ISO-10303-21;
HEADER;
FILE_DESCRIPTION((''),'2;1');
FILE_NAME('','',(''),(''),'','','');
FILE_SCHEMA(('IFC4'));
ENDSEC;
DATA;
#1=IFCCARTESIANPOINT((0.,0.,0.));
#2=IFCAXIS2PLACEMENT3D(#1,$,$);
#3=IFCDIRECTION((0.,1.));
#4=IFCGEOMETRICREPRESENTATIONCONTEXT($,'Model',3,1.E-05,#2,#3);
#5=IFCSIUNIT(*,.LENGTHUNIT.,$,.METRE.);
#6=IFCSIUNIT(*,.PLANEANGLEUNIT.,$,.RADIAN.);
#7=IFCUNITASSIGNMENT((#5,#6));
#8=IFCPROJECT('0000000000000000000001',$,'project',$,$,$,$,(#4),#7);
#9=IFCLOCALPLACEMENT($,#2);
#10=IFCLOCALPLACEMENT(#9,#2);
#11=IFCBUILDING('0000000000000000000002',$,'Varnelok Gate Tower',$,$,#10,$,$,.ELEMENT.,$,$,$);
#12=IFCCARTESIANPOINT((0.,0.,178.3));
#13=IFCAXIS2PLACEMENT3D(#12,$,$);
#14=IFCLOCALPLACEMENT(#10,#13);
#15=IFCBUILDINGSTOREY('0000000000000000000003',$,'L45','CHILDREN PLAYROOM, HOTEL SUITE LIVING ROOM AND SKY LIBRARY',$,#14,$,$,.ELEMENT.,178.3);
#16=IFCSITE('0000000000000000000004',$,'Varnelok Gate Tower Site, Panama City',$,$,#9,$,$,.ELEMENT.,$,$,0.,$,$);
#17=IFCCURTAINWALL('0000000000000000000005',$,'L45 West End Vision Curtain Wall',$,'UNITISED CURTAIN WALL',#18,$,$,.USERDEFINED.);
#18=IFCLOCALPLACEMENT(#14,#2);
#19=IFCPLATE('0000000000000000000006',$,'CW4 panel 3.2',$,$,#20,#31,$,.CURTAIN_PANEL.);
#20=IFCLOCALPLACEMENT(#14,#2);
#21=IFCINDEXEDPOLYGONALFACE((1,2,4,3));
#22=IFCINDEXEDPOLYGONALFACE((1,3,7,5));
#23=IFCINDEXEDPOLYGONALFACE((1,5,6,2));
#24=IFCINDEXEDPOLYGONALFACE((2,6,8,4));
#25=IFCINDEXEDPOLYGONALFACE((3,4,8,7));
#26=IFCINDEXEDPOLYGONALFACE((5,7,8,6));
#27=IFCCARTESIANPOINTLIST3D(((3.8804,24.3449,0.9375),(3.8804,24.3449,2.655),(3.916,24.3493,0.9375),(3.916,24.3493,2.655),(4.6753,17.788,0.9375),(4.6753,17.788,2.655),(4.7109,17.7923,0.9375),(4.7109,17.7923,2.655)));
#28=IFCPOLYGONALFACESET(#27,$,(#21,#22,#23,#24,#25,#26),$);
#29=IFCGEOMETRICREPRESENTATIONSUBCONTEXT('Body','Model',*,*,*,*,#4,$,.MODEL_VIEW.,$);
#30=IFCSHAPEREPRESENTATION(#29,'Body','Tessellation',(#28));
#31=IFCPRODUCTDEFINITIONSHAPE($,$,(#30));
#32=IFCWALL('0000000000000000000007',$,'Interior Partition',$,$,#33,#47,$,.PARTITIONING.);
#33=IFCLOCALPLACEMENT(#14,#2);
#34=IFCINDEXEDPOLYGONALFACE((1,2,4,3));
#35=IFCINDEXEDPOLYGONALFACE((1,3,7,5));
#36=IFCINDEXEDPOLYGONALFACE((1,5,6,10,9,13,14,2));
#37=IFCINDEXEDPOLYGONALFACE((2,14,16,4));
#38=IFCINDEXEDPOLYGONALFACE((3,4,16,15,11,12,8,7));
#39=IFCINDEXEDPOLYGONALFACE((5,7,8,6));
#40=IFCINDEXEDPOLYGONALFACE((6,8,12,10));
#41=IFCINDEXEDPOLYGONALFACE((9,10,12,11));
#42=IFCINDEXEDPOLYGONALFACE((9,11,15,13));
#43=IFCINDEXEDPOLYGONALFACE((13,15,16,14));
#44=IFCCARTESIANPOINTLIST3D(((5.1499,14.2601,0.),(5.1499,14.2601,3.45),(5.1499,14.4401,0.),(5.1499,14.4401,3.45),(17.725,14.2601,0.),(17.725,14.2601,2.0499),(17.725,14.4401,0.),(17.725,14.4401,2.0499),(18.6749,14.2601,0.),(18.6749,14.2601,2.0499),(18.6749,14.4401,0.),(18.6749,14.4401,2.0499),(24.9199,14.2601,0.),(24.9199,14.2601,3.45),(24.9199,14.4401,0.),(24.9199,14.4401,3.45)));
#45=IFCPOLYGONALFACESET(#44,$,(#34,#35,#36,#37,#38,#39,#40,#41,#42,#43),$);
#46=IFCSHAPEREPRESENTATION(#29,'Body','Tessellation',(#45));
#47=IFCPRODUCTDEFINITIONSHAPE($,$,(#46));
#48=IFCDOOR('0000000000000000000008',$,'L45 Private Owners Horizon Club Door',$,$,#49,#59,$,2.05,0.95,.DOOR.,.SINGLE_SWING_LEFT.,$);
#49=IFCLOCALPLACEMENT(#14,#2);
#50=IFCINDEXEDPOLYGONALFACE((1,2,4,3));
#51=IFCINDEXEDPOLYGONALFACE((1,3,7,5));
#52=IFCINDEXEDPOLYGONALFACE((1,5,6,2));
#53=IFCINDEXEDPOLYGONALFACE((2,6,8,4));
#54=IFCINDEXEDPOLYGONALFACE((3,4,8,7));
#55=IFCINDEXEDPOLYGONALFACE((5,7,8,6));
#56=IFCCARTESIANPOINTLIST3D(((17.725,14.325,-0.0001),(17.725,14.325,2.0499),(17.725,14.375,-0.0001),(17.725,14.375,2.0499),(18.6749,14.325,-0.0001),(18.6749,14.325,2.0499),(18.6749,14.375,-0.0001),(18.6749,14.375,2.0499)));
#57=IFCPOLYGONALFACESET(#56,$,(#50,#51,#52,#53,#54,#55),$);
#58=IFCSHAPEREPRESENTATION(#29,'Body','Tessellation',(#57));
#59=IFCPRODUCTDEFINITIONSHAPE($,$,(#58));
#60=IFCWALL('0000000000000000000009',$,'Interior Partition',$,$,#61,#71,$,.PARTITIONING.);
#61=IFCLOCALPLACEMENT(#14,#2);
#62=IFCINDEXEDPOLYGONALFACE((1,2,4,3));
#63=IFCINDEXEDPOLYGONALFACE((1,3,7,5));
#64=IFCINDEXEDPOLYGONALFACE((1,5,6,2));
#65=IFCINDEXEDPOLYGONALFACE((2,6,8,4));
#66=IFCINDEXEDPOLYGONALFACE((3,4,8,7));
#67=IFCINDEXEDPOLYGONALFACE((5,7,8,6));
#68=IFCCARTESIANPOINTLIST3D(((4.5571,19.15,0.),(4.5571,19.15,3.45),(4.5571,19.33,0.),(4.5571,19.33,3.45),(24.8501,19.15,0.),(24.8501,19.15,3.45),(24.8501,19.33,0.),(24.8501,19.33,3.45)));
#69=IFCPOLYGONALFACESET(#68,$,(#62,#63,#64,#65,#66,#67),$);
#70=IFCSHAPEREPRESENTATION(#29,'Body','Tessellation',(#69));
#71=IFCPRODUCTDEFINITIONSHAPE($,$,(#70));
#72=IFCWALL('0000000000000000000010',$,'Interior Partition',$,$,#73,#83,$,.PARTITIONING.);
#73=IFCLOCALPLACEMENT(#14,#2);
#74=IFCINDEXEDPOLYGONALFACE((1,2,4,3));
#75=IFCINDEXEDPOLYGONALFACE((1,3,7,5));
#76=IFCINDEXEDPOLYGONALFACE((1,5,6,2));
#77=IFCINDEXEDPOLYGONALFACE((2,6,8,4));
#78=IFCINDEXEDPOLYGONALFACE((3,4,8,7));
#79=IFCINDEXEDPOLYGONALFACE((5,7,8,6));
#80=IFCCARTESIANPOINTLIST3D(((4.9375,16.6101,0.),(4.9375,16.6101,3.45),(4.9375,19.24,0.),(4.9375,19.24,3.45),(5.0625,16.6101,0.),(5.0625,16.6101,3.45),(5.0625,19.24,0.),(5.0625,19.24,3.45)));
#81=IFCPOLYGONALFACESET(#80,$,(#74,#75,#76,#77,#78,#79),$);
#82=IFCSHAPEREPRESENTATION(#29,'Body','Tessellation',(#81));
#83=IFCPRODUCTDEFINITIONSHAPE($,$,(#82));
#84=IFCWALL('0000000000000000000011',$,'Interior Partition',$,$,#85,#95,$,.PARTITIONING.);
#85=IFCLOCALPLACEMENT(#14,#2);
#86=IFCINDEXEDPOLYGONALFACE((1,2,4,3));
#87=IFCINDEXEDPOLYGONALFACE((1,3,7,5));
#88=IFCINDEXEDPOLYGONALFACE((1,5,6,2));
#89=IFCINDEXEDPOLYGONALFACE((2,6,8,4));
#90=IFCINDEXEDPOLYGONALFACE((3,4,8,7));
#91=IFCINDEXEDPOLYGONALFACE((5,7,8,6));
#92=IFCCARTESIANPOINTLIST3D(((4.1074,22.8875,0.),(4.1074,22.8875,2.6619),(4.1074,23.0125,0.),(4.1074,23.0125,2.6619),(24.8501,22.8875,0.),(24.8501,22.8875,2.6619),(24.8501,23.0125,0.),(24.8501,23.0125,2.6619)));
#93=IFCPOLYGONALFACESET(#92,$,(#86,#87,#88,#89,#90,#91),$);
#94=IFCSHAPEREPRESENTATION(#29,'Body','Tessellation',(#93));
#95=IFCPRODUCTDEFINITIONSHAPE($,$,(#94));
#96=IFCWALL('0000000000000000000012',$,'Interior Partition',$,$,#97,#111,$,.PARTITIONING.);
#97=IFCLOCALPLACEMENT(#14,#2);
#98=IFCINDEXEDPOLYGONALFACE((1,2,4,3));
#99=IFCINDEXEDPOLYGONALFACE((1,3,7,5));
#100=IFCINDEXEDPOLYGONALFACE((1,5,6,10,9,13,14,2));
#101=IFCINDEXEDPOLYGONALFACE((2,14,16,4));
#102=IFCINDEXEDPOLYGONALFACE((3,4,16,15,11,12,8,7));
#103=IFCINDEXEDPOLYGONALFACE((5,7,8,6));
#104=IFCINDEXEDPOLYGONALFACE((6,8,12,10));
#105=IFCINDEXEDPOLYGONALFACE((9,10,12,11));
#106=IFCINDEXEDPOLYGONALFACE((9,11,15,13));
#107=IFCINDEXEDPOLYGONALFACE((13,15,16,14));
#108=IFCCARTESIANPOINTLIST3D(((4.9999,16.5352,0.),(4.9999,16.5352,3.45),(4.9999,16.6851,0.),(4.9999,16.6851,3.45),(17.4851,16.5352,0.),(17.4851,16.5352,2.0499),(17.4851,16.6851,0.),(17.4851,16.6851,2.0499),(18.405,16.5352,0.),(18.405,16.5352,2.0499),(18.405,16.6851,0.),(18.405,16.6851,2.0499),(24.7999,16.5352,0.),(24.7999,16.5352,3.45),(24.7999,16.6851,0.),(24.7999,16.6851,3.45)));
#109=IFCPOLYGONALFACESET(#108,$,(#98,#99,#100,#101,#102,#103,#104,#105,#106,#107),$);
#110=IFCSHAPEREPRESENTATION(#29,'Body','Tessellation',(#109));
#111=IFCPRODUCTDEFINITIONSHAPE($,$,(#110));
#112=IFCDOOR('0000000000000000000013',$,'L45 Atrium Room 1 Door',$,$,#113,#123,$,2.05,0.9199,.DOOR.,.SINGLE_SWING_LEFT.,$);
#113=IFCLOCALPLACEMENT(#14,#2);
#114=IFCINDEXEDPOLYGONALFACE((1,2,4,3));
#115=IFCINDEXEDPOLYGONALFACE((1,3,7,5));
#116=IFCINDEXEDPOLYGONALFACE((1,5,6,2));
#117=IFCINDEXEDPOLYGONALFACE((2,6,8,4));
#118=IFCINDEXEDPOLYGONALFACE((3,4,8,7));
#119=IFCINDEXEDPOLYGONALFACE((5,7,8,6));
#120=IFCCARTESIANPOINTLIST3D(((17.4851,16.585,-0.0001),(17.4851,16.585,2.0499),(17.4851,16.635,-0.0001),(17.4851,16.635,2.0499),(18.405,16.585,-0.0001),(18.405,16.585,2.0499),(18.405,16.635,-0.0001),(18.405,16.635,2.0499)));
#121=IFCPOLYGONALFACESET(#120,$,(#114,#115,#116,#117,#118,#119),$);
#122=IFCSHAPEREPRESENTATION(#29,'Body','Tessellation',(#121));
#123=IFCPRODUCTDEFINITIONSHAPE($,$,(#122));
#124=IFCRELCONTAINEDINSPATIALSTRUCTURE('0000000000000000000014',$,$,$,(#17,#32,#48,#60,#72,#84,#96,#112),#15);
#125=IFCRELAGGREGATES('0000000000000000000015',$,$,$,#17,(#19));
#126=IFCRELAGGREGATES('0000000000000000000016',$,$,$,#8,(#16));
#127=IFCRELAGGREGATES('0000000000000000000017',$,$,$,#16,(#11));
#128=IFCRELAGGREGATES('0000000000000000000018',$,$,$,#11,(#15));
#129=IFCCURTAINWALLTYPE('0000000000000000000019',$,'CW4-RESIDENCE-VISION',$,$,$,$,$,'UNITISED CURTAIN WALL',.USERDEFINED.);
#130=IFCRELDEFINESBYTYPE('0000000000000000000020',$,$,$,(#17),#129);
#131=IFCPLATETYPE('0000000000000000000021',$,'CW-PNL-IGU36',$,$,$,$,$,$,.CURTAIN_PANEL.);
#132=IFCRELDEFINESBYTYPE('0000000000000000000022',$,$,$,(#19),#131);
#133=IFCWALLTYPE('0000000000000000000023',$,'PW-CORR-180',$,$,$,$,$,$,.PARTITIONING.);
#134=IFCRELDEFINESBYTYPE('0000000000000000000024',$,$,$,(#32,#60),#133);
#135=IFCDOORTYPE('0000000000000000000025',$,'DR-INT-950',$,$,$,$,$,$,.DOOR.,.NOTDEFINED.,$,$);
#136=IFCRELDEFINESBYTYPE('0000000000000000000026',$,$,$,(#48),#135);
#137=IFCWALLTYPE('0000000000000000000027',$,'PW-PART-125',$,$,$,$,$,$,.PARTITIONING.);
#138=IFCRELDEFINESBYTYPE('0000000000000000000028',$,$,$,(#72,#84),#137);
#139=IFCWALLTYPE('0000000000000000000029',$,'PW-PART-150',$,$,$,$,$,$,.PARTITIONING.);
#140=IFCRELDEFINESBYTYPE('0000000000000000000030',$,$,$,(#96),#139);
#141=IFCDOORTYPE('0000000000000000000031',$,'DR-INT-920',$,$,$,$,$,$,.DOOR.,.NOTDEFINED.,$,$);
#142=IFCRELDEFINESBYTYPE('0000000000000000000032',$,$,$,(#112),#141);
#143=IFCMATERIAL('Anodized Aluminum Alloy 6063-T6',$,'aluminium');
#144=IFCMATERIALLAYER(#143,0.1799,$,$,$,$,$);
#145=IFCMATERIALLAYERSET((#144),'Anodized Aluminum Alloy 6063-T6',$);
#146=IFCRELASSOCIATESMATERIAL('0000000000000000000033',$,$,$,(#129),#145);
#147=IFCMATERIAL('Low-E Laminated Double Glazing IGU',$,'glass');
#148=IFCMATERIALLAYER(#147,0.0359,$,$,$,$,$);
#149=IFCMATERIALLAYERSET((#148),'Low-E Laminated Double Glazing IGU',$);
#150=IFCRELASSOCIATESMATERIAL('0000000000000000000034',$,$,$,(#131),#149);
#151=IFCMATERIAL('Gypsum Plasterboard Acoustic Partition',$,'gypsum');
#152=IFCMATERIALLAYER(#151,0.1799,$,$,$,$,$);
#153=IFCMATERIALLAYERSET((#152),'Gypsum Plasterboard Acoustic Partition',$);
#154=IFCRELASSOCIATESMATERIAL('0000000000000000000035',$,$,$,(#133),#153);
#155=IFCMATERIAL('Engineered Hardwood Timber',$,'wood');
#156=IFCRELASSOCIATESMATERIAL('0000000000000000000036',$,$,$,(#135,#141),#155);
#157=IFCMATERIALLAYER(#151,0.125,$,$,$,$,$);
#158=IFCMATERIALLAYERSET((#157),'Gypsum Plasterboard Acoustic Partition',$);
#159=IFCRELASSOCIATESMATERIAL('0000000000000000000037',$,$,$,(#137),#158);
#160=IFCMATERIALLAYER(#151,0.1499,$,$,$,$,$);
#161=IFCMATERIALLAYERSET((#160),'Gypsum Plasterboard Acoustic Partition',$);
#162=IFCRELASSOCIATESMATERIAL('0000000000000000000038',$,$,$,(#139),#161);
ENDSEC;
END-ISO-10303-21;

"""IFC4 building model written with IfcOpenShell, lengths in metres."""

from ifc_helpers import new_model, si_unit, direction, frame, frame_2d, origin, origin_2d, place, context, subcontext, project, spatial, rectangle, extrude, source, transform, mapped, material, layer, layer_set, type_object, element, fill, aggregate, save


model = new_model("IFC4")

# Units and contexts
model_context = context("Model", 3, precision=1e-05, world=origin(), true_north=direction((0.0, 1.0)))
body_context = subcontext(model_context, "Body", "Model", "MODEL_VIEW")
ifc_project = project(units=[si_unit("LENGTHUNIT", "METRE"), si_unit("PLANEANGLEUNIT", "RADIAN")], contexts=[model_context])

# Site, building, storey
site_placement = place(None, origin())
site = spatial("IfcSite", under=ifc_project, at=site_placement, Name="Varnelok Gate Tower Site, Panama City", CompositionType="ELEMENT", RefElevation=0.0)
building_placement = place(site_placement, origin())
building = spatial("IfcBuilding", under=site, at=building_placement, Name="Varnelok Gate Tower", CompositionType="ELEMENT")
storey_placement = place(building_placement, frame((0.0, 0.0, 178.3)))
storey = spatial("IfcBuildingStorey", under=building, at=storey_placement, Name="L45", Description="CHILDREN PLAYROOM, HOTEL SUITE LIVING ROOM AND SKY LIBRARY", CompositionType="ELEMENT", Elevation=178.3)

# Curtain wall, plate
ifc_material_1 = material(Name="Anodized Aluminum Alloy 6063-T6", Category="aluminium")
ifc_layer_1 = layer(ifc_material_1, 0.1799)
ifc_layer_set_1 = layer_set([ifc_layer_1], Name="Anodized Aluminum Alloy 6063-T6")
curtain_wall_type = type_object("IfcCurtainWallType", Name="CW4-RESIDENCE-VISION", ElementType="UNITISED CURTAIN WALL", PredefinedType="USERDEFINED", material=ifc_layer_set_1)
curtain_wall_placement = place(storey_placement, origin())
curtain_wall = element("IfcCurtainWall", 1, at=curtain_wall_placement, inside=storey, type_object=curtain_wall_type, Name="L45 West End Vision Curtain Wall", ObjectType="UNITISED CURTAIN WALL", PredefinedType="USERDEFINED")
ifc_material_2 = material(Name="Low-E Laminated Double Glazing IGU", Category="glass")
ifc_layer_2 = layer(ifc_material_2, 0.0359)
ifc_layer_set_2 = layer_set([ifc_layer_2], Name="Low-E Laminated Double Glazing IGU")
plate_type = type_object("IfcPlateType", Name="CW-PNL-IGU36", PredefinedType="CURTAIN_PANEL", material=ifc_layer_set_2)
shared_shape_1 = source(origin(), body_context, "Body", "SweptSolid", [
    extrude(rectangle(XDim=6.605, YDim=0.0359, at=origin_2d()), origin(), (0.0, 0.0, 1.0), 1.7175),
])
plate_1_placement = place(storey_placement, frame((4.2957, 21.0686, 0.9375), z_axis=(0.0, 0.0, 1.0), x_axis=(-0.120345, 0.992732, 0.0)))
plate_1 = element("IfcPlate", 2, at=plate_1_placement, type_object=plate_type, Name="CW4 panel 3.2", PredefinedType="CURTAIN_PANEL", context=body_context, shape_type="MappedRepresentation", body=[
    mapped(shared_shape_1, transform((0.0, 0.0, 0.0), scale=1.0)),
])
aggregate(curtain_wall, [plate_1])

# Wall, opening, door
ifc_material_3 = material(Name="Gypsum Plasterboard Acoustic Partition", Category="gypsum")
ifc_layer_3 = layer(ifc_material_3, 0.1799)
ifc_layer_set_3 = layer_set([ifc_layer_3], Name="Gypsum Plasterboard Acoustic Partition")
wall_type_1 = type_object("IfcWallType", Name="PW-CORR-180", PredefinedType="PARTITIONING", material=ifc_layer_set_3)
wall_1_placement = place(storey_placement, frame((5.1499, 14.3501, 0.0), z_axis=(0.0, 0.0, 1.0), x_axis=(1.0, 0.0, 0.0)))
wall_1 = element("IfcWall", 3, at=wall_1_placement, inside=storey, type_object=wall_type_1, Name="Interior Partition", PredefinedType="PARTITIONING", context=body_context, shape_type="SweptSolid", body=[
    extrude(rectangle(XDim=19.77, YDim=0.1799, at=frame_2d((9.885, 0.0))), origin(), (0.0, 0.0, 1.0), 3.45),
])
opening_1_placement = place(wall_1_placement, frame((12.575, 0.0, 0.0)))
opening_1 = element("IfcOpeningElement", 4, at=opening_1_placement, cuts=wall_1, PredefinedType="OPENING", context=body_context, shape_type="SweptSolid", body=[
    extrude(rectangle(XDim=0.95, YDim=2.05, at=frame_2d((0.4751, 1.0249))), frame((0.0, 0.0999, 0.0), z_axis=(0.0, -1.0, 0.0), x_axis=(1.0, 0.0, 0.0)), (0.0, 0.0, 1.0), 0.2),
])
ifc_material_4 = material(Name="Engineered Hardwood Timber", Category="wood")
door_type_1 = type_object("IfcDoorType", Name="DR-INT-950", OperationType="NOTDEFINED", PredefinedType="DOOR", material=ifc_material_4)
door_1_placement = place(opening_1_placement, origin())
door_1 = element("IfcDoor", 5, at=door_1_placement, inside=storey, type_object=door_type_1, Name="L45 Private Owners Horizon Club Door", OperationType="SINGLE_SWING_LEFT", OverallHeight=2.05, OverallWidth=0.95, PredefinedType="DOOR", context=body_context, shape_type="SweptSolid", body=[
    extrude(rectangle(XDim=0.95, YDim=2.05, at=frame_2d((0.4751, 1.0249))), frame((0.0, 0.0249, 0.0), z_axis=(0.0, -1.0, 0.0), x_axis=(1.0, 0.0, 0.0)), (0.0, 0.0, 1.0), 0.05),
])
fill(opening_1, door_1)

# Walls
wall_2_placement = place(storey_placement, frame((4.5571, 19.24, 0.0), z_axis=(0.0, 0.0, 1.0), x_axis=(1.0, 0.0, 0.0)))
element("IfcWall", 6, at=wall_2_placement, inside=storey, type_object=wall_type_1, Name="Interior Partition", PredefinedType="PARTITIONING", context=body_context, shape_type="SweptSolid", body=[
    extrude(rectangle(XDim=20.293, YDim=0.1799, at=frame_2d((10.1465, 0.0))), origin(), (0.0, 0.0, 1.0), 3.45),
])
ifc_layer_4 = layer(ifc_material_3, 0.125)
ifc_layer_set_4 = layer_set([ifc_layer_4], Name="Gypsum Plasterboard Acoustic Partition")
wall_type_2 = type_object("IfcWallType", Name="PW-PART-125", PredefinedType="PARTITIONING", material=ifc_layer_set_4)
wall_3_placement = place(storey_placement, frame((5.0, 16.6101, 0.0), z_axis=(0.0, 0.0, 1.0), x_axis=(0.0, 1.0, 0.0)))
element("IfcWall", 7, at=wall_3_placement, inside=storey, type_object=wall_type_2, Name="Interior Partition", PredefinedType="PARTITIONING", context=body_context, shape_type="SweptSolid", body=[
    extrude(rectangle(XDim=2.6299, YDim=0.125, at=frame_2d((1.3149, 0.0))), origin(), (0.0, 0.0, 1.0), 3.45),
])
wall_4_placement = place(storey_placement, frame((4.1074, 22.95, 0.0), z_axis=(0.0, 0.0, 1.0), x_axis=(1.0, 0.0, 0.0)))
element("IfcWall", 8, at=wall_4_placement, inside=storey, type_object=wall_type_2, Name="Interior Partition", PredefinedType="PARTITIONING", context=body_context, shape_type="SweptSolid", body=[
    extrude(rectangle(XDim=20.7427, YDim=0.125, at=frame_2d((10.3713, 0.0))), origin(), (0.0, 0.0, 1.0), 2.6619),
])

# Wall, opening, door
ifc_layer_5 = layer(ifc_material_3, 0.1499)
ifc_layer_set_5 = layer_set([ifc_layer_5], Name="Gypsum Plasterboard Acoustic Partition")
wall_type_3 = type_object("IfcWallType", Name="PW-PART-150", PredefinedType="PARTITIONING", material=ifc_layer_set_5)
wall_5_placement = place(storey_placement, frame((5.0, 16.6101, 0.0), z_axis=(0.0, 0.0, 1.0), x_axis=(1.0, 0.0, 0.0)))
wall_5 = element("IfcWall", 9, at=wall_5_placement, inside=storey, type_object=wall_type_3, Name="Interior Partition", PredefinedType="PARTITIONING", context=body_context, shape_type="SweptSolid", body=[
    extrude(rectangle(XDim=19.8, YDim=0.1499, at=frame_2d((9.8999, 0.0))), origin(), (0.0, 0.0, 1.0), 3.45),
])
opening_2_placement = place(wall_5_placement, frame((12.4851, 0.0, 0.0)))
opening_2 = element("IfcOpeningElement", 10, at=opening_2_placement, cuts=wall_5, PredefinedType="OPENING", context=body_context, shape_type="SweptSolid", body=[
    extrude(rectangle(XDim=0.9199, YDim=2.05, at=frame_2d((0.46, 1.0249))), frame((0.0, 0.085, 0.0), z_axis=(0.0, -1.0, 0.0), x_axis=(1.0, 0.0, 0.0)), (0.0, 0.0, 1.0), 0.1699),
])
door_type_2 = type_object("IfcDoorType", Name="DR-INT-920", OperationType="NOTDEFINED", PredefinedType="DOOR", material=ifc_material_4)
door_2_placement = place(opening_2_placement, origin())
door_2 = element("IfcDoor", 11, at=door_2_placement, inside=storey, type_object=door_type_2, Name="L45 Atrium Room 1 Door", OperationType="SINGLE_SWING_LEFT", OverallHeight=2.05, OverallWidth=0.9199, PredefinedType="DOOR", context=body_context, shape_type="SweptSolid", body=[
    extrude(rectangle(XDim=0.9199, YDim=2.05, at=frame_2d((0.46, 1.0249))), frame((0.0, 0.0249, 0.0), z_axis=(0.0, -1.0, 0.0), x_axis=(1.0, 0.0, 0.0)), (0.0, 0.0, 1.0), 0.05),
])
fill(opening_2, door_2)

save(model, "model.ifc")
